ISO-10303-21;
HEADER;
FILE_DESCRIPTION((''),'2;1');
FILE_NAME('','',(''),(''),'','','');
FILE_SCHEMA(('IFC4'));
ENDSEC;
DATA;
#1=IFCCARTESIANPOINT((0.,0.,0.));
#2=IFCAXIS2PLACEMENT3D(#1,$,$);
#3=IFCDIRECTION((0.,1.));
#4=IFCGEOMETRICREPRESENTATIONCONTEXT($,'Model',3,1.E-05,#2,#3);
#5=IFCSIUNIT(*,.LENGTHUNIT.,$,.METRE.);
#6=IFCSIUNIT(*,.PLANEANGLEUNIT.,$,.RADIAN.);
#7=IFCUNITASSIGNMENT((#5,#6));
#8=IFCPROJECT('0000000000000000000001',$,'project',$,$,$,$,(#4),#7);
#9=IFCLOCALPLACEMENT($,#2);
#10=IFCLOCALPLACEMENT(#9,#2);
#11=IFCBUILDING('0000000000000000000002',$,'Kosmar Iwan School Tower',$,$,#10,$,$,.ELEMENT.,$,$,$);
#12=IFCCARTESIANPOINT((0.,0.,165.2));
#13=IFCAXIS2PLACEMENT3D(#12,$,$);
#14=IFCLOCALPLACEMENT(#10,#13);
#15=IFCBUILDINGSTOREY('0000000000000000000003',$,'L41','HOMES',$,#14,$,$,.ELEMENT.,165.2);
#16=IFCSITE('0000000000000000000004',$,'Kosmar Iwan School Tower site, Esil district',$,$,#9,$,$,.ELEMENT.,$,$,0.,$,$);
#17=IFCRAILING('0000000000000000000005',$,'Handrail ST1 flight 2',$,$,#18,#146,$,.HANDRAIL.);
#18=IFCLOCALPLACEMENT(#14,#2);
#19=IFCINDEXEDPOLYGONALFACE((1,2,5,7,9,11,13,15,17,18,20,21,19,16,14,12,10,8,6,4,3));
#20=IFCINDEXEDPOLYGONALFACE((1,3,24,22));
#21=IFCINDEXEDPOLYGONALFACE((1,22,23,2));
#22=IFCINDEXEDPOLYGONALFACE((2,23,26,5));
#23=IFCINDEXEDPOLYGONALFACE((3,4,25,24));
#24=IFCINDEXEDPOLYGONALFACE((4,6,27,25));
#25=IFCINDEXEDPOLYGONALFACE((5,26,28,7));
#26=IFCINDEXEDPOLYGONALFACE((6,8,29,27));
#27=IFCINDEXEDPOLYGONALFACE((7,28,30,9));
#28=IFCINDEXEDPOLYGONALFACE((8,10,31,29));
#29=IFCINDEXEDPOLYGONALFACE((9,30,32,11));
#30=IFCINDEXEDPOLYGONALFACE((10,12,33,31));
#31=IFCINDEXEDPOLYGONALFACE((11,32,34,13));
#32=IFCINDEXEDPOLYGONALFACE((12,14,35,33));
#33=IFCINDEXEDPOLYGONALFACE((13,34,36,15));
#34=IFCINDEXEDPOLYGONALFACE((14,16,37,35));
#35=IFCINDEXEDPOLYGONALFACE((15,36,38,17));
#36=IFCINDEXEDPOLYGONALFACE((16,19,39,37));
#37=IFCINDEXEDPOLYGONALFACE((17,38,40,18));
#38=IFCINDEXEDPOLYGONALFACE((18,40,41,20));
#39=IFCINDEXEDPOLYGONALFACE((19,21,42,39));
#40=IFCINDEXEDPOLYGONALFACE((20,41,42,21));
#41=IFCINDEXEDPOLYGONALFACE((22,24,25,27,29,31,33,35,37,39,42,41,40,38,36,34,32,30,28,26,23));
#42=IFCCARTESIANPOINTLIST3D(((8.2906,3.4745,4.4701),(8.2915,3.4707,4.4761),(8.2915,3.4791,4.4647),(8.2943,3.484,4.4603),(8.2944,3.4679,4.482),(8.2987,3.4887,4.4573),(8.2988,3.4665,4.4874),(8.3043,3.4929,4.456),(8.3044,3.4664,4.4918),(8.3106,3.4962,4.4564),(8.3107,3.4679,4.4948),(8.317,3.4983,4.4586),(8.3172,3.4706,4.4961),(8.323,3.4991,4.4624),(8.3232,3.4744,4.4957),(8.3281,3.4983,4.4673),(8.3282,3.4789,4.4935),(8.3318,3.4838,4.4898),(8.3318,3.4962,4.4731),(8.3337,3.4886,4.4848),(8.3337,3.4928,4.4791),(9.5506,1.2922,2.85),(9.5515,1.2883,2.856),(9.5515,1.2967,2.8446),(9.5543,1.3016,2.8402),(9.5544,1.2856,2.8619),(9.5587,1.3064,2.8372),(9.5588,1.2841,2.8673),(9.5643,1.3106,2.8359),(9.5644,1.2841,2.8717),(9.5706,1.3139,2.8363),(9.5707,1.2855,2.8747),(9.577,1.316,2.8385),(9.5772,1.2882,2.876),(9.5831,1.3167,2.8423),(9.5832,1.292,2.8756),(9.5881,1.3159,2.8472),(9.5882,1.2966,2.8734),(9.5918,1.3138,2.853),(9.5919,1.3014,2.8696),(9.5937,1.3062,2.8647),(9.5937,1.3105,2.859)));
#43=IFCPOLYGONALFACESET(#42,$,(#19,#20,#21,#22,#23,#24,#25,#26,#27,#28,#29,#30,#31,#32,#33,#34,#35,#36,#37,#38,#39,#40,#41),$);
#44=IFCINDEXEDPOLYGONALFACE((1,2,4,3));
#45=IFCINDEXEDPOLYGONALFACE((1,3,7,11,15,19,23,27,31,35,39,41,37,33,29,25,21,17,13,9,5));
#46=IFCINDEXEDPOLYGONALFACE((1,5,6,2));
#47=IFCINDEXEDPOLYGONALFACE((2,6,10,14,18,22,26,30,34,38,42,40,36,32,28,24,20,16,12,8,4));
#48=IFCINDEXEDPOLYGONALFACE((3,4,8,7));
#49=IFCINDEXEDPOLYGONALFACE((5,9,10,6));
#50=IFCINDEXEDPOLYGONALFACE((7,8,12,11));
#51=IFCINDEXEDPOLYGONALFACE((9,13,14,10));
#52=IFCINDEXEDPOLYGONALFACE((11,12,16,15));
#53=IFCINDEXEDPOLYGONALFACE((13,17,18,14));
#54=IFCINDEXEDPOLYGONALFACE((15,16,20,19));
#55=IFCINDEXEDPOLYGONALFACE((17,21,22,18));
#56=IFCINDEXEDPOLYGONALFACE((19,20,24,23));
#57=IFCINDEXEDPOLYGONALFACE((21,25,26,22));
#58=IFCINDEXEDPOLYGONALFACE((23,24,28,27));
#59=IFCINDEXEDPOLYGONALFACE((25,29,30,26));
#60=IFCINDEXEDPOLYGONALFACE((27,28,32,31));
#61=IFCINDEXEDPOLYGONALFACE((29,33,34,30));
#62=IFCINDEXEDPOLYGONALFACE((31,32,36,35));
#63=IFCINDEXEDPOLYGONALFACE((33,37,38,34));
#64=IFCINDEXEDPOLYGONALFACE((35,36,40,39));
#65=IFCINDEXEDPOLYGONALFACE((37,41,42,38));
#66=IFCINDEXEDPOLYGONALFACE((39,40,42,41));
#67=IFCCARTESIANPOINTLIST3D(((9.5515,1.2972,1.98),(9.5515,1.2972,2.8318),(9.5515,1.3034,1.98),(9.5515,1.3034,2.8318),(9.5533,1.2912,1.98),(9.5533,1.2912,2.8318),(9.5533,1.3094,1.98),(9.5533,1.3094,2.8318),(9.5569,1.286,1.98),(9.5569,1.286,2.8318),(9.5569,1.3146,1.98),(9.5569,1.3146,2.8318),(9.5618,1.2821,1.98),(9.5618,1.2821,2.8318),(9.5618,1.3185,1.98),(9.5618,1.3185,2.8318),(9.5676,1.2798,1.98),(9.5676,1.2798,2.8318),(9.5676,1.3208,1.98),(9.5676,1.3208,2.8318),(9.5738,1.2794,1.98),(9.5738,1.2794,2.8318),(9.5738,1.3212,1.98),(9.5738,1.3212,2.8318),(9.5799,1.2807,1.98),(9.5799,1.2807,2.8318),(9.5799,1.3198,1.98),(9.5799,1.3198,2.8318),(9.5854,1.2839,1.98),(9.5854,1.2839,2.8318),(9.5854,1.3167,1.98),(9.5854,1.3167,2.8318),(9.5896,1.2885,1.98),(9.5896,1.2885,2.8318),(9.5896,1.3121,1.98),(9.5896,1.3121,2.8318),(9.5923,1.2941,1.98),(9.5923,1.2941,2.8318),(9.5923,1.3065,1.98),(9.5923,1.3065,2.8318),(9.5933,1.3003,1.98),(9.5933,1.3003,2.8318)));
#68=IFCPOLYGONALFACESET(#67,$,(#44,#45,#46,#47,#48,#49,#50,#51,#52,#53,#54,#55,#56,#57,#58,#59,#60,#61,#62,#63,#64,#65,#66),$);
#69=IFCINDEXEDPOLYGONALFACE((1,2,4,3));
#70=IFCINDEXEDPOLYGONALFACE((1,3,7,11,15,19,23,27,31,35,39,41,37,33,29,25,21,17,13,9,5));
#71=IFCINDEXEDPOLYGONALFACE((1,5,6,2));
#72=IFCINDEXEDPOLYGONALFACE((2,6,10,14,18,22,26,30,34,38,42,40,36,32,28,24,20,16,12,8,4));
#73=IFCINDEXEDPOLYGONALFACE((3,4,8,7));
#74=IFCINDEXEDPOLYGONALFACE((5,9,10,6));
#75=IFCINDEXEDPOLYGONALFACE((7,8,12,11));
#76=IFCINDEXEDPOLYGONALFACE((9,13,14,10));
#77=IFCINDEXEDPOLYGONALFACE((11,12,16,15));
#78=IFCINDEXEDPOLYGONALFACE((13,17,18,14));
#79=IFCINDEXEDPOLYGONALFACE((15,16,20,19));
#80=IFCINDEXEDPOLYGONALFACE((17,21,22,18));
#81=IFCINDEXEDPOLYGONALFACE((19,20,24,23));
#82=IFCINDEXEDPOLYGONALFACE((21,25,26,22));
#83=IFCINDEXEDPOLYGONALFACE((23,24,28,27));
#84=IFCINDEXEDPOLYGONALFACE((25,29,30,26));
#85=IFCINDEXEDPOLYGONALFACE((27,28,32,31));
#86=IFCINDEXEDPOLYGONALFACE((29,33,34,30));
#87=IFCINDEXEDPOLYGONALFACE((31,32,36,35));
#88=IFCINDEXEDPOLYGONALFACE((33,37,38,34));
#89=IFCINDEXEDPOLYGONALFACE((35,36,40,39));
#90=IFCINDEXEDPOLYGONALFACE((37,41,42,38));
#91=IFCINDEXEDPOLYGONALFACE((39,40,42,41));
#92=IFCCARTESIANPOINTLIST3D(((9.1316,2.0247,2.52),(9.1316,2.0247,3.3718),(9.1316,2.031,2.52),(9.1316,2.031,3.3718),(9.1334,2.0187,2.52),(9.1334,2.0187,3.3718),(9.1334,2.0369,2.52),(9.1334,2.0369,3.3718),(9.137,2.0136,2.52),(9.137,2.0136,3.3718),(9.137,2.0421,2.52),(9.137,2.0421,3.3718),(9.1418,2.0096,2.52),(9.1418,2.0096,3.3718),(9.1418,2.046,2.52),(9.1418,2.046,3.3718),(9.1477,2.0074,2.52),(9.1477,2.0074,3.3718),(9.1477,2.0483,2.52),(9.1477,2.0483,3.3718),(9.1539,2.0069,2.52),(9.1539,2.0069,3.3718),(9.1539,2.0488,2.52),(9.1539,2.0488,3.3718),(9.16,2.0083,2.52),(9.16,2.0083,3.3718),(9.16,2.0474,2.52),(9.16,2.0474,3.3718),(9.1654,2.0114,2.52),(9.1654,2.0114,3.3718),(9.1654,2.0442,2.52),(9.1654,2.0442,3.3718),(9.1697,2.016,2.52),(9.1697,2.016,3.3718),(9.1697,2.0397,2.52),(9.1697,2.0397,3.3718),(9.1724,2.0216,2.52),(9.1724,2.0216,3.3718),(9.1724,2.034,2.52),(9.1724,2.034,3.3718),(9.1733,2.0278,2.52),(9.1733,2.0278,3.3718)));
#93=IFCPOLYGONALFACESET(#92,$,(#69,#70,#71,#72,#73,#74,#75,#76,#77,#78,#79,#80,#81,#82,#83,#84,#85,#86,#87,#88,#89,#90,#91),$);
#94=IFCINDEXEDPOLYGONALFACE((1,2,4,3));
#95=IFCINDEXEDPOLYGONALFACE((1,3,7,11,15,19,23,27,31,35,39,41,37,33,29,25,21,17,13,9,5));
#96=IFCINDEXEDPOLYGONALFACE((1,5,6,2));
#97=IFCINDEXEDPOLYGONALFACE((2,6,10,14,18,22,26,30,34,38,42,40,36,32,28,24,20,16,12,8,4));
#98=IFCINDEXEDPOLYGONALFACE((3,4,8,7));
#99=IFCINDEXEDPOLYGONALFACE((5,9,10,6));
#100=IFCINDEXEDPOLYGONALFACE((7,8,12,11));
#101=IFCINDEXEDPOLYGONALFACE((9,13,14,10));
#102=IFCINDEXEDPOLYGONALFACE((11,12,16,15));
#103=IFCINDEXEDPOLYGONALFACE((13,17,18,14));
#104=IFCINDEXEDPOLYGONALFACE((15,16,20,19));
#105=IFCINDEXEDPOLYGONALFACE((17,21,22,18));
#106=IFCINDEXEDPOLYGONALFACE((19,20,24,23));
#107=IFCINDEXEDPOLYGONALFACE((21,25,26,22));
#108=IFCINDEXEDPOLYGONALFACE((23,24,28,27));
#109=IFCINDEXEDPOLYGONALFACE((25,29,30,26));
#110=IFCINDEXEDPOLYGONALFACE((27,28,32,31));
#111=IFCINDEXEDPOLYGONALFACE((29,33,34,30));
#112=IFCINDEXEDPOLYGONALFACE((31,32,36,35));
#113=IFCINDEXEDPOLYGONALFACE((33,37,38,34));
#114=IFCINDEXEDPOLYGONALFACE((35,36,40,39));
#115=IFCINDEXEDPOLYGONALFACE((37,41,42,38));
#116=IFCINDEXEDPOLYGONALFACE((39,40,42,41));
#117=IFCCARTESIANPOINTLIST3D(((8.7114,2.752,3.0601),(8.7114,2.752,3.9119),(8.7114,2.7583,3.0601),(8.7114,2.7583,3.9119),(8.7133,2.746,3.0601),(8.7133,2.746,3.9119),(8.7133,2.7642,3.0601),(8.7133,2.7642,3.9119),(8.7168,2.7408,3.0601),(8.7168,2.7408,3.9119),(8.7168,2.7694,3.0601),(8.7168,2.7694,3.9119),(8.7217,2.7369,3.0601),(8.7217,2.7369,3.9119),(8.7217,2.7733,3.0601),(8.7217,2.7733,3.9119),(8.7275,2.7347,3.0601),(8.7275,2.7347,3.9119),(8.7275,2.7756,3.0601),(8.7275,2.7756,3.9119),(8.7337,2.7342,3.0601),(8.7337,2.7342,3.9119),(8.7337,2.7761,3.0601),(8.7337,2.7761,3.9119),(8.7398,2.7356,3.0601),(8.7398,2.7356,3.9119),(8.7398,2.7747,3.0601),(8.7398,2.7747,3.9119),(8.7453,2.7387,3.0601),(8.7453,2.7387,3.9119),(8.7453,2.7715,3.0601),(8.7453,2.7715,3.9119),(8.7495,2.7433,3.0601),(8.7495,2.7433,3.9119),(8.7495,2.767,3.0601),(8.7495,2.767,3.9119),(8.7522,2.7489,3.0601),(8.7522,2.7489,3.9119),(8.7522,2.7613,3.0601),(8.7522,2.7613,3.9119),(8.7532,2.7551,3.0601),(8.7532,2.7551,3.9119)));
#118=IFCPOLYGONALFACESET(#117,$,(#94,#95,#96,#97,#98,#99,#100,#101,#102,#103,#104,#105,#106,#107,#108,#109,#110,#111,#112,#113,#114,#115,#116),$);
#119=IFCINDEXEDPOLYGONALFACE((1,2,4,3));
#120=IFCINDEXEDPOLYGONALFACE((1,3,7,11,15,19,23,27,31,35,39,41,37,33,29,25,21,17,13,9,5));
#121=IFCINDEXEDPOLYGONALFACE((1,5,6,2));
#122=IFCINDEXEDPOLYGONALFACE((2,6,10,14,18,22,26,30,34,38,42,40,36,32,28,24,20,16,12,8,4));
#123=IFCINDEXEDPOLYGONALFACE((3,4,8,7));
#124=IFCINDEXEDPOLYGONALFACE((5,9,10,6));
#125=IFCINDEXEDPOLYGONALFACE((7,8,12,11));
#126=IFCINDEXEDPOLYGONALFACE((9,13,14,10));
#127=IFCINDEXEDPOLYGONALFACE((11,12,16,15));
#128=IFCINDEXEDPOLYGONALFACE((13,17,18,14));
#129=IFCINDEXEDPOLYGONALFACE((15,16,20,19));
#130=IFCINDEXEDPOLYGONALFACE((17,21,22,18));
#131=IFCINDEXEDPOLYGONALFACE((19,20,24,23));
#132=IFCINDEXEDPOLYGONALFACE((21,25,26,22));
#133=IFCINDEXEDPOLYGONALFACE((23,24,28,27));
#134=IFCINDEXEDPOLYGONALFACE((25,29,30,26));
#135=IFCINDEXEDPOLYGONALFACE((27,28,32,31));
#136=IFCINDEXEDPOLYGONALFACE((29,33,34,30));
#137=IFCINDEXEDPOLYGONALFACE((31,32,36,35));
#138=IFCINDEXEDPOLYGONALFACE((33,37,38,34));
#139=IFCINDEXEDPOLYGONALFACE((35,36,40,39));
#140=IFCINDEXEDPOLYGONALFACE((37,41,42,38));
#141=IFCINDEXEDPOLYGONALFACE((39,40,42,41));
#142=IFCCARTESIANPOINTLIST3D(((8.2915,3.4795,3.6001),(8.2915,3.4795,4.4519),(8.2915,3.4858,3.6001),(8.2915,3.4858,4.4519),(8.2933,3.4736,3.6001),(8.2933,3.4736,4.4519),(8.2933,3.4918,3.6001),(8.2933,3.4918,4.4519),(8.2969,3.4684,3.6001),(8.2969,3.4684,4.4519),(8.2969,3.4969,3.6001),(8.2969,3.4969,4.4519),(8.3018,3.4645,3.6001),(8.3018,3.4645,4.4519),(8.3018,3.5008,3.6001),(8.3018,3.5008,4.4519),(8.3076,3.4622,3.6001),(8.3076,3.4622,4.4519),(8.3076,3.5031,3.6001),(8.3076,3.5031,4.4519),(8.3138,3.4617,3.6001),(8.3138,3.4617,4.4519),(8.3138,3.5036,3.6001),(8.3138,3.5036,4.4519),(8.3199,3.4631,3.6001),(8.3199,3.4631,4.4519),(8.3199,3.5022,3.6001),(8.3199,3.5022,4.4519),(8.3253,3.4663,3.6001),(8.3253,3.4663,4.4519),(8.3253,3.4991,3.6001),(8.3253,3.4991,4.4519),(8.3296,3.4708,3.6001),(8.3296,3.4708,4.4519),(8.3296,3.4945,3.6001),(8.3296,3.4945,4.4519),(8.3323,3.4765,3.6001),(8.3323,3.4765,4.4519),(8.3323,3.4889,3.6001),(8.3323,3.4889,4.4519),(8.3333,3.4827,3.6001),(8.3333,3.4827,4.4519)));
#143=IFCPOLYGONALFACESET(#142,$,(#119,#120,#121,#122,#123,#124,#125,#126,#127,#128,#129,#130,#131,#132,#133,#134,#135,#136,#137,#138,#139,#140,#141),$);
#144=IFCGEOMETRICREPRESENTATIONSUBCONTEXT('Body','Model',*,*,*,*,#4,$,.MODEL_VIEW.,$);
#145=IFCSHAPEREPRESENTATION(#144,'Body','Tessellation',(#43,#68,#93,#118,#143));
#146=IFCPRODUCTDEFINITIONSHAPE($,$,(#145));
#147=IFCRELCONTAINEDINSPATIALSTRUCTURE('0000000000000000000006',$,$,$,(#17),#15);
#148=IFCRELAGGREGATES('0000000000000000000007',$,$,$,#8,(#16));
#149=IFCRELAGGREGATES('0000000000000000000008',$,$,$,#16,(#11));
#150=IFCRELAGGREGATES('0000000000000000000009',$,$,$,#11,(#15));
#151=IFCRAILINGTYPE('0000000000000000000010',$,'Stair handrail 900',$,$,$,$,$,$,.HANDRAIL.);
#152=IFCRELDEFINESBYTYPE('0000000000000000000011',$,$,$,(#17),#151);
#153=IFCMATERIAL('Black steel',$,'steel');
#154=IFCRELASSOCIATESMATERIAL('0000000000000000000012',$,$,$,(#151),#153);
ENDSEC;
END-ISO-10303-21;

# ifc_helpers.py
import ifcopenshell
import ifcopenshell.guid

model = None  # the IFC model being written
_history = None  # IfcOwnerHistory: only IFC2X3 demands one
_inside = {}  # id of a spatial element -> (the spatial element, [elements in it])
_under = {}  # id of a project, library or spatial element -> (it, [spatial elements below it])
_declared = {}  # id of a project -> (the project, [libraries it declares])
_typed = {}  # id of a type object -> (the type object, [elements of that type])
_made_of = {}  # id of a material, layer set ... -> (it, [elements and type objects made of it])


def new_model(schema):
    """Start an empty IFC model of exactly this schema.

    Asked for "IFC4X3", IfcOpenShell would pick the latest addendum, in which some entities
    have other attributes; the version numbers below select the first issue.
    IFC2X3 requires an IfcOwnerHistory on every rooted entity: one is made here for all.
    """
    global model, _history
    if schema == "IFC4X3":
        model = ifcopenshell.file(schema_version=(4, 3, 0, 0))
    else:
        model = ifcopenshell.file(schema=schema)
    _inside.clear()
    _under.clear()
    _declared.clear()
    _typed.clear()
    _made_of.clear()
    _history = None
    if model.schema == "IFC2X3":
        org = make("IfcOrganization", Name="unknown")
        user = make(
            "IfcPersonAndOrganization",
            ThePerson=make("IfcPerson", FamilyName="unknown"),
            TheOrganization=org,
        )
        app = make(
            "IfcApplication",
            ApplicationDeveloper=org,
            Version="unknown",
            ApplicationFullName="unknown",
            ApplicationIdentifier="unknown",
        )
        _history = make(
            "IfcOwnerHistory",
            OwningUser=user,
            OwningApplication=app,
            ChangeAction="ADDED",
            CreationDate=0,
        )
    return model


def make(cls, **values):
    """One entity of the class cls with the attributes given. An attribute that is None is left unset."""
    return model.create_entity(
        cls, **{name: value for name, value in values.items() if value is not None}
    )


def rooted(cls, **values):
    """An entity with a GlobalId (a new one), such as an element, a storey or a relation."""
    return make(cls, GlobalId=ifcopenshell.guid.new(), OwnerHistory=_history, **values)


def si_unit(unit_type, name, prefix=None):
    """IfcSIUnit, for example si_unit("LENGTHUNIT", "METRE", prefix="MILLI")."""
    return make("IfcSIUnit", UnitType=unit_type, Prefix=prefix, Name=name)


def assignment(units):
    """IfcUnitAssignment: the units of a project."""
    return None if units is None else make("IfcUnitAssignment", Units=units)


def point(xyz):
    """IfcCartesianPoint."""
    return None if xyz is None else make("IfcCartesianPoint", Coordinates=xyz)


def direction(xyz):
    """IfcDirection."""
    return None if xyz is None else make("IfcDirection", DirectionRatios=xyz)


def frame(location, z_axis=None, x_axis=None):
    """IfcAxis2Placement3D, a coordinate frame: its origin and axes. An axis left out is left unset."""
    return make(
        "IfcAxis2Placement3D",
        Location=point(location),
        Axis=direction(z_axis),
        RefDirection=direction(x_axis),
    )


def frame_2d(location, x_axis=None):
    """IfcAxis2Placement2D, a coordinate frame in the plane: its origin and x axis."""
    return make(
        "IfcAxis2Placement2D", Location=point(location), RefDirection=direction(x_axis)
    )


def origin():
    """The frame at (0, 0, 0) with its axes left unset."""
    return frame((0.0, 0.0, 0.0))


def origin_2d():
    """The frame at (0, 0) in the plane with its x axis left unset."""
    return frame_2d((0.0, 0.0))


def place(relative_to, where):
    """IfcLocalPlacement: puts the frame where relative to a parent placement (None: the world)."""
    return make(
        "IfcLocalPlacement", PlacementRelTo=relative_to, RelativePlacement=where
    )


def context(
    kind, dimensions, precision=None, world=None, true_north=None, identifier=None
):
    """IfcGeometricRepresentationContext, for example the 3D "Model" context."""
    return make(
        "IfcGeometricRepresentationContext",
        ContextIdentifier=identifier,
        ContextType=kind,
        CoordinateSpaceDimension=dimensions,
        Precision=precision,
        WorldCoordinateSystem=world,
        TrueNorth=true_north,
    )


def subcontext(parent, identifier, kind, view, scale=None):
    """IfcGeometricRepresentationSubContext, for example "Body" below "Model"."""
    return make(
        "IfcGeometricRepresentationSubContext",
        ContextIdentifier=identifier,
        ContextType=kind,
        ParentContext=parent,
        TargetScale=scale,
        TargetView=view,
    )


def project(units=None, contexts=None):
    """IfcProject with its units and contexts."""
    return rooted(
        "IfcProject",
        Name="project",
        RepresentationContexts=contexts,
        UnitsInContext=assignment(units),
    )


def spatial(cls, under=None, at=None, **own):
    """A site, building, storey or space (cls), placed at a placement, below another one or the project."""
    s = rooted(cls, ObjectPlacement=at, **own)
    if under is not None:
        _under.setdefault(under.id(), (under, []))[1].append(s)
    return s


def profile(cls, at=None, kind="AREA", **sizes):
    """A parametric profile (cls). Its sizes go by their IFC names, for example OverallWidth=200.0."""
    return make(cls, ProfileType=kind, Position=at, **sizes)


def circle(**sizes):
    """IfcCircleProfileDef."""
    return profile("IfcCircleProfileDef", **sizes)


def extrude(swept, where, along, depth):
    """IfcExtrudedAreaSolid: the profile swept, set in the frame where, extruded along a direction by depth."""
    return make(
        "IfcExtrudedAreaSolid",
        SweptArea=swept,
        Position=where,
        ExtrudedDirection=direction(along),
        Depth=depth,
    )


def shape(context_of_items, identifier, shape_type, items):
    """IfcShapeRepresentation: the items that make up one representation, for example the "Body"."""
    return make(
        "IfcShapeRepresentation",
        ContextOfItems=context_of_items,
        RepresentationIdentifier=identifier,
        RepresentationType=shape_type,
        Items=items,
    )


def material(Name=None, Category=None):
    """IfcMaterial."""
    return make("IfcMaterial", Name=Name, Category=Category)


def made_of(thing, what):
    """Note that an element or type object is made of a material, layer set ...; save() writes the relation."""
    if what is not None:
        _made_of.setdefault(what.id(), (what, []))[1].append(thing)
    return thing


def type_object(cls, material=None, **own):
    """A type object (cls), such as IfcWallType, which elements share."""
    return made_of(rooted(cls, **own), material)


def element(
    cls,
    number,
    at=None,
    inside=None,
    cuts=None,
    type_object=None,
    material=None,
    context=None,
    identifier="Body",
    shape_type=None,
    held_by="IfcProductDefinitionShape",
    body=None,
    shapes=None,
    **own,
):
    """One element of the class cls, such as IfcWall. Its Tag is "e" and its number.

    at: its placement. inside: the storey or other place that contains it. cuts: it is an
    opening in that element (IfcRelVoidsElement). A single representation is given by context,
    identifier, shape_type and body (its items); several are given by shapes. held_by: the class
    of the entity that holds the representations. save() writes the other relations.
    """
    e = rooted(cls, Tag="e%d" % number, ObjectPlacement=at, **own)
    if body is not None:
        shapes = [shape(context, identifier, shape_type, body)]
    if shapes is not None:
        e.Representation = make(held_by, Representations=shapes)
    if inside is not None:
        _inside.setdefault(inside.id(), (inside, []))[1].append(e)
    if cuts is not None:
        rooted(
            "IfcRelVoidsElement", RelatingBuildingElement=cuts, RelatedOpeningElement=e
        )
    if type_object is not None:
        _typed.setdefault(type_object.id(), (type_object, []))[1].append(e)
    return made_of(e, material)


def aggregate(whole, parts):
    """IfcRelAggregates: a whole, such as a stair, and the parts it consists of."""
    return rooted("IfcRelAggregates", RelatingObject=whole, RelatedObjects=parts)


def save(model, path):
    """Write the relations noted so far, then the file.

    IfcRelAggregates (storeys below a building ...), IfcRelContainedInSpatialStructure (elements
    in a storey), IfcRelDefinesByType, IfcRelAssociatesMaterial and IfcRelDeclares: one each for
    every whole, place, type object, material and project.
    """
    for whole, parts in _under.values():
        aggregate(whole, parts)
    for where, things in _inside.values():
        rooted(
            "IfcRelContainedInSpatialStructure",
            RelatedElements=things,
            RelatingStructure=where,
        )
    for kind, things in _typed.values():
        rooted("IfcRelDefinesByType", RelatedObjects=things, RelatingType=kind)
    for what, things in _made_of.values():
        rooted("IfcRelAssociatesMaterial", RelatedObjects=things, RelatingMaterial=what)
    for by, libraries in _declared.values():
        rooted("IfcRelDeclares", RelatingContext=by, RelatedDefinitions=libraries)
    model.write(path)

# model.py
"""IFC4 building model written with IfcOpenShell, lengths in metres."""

from ifc_helpers import new_model, si_unit, direction, frame, origin, origin_2d, place, context, subcontext, project, spatial, circle, extrude, material, type_object, element, save


model = new_model("IFC4")

# Units and contexts
model_context = context("Model", 3, precision=1e-05, world=origin(), true_north=direction((0.0, 1.0)))
body_context = subcontext(model_context, "Body", "Model", "MODEL_VIEW")
ifc_project = project(units=[si_unit("LENGTHUNIT", "METRE"), si_unit("PLANEANGLEUNIT", "RADIAN")], contexts=[model_context])

# Site, building, storey
site_placement = place(None, origin())
site = spatial("IfcSite", under=ifc_project, at=site_placement, Name="Kosmar Iwan School Tower site, Esil district", CompositionType="ELEMENT", RefElevation=0.0)
building_placement = place(site_placement, origin())
building = spatial("IfcBuilding", under=site, at=building_placement, Name="Kosmar Iwan School Tower", CompositionType="ELEMENT")
storey_placement = place(building_placement, frame((0.0, 0.0, 165.2)))
storey = spatial("IfcBuildingStorey", under=building, at=storey_placement, Name="L41", Description="HOMES", CompositionType="ELEMENT", Elevation=165.2)

# Railing
ifc_material_1 = material(Name="Black steel", Category="steel")
railing_type = type_object("IfcRailingType", Name="Stair handrail 900", PredefinedType="HANDRAIL", material=ifc_material_1)
railing_placement = place(storey_placement, frame((9.5723, 1.3003, 1.98)))
element("IfcRailing", 1, at=railing_placement, inside=storey, type_object=railing_type, Name="Handrail ST1 flight 2", PredefinedType="HANDRAIL", context=body_context, shape_type="SweptSolid", body=[
    extrude(circle(Radius=0.0239, at=origin_2d()), frame((0.0, 0.0, 0.876), z_axis=(-0.420584, 0.728464, 0.540786), x_axis=(-0.866023, -0.500005, 0.0)), (0.0, 0.0, 1.0), 2.9958),
    extrude(circle(Radius=0.021, at=origin_2d()), origin(), (0.0, 0.0, 1.0), 0.8518),
    extrude(circle(Radius=0.021, at=origin_2d()), frame((-0.4199, 0.7275, 0.54)), (0.0, 0.0, 1.0), 0.8518),
    extrude(circle(Radius=0.021, at=origin_2d()), frame((-0.8401, 1.4548, 1.0801)), (0.0, 0.0, 1.0), 0.8518),
    extrude(circle(Radius=0.021, at=origin_2d()), frame((-1.26, 2.1824, 1.6201)), (0.0, 0.0, 1.0), 0.8518),
])

save(model, "model.ifc")
